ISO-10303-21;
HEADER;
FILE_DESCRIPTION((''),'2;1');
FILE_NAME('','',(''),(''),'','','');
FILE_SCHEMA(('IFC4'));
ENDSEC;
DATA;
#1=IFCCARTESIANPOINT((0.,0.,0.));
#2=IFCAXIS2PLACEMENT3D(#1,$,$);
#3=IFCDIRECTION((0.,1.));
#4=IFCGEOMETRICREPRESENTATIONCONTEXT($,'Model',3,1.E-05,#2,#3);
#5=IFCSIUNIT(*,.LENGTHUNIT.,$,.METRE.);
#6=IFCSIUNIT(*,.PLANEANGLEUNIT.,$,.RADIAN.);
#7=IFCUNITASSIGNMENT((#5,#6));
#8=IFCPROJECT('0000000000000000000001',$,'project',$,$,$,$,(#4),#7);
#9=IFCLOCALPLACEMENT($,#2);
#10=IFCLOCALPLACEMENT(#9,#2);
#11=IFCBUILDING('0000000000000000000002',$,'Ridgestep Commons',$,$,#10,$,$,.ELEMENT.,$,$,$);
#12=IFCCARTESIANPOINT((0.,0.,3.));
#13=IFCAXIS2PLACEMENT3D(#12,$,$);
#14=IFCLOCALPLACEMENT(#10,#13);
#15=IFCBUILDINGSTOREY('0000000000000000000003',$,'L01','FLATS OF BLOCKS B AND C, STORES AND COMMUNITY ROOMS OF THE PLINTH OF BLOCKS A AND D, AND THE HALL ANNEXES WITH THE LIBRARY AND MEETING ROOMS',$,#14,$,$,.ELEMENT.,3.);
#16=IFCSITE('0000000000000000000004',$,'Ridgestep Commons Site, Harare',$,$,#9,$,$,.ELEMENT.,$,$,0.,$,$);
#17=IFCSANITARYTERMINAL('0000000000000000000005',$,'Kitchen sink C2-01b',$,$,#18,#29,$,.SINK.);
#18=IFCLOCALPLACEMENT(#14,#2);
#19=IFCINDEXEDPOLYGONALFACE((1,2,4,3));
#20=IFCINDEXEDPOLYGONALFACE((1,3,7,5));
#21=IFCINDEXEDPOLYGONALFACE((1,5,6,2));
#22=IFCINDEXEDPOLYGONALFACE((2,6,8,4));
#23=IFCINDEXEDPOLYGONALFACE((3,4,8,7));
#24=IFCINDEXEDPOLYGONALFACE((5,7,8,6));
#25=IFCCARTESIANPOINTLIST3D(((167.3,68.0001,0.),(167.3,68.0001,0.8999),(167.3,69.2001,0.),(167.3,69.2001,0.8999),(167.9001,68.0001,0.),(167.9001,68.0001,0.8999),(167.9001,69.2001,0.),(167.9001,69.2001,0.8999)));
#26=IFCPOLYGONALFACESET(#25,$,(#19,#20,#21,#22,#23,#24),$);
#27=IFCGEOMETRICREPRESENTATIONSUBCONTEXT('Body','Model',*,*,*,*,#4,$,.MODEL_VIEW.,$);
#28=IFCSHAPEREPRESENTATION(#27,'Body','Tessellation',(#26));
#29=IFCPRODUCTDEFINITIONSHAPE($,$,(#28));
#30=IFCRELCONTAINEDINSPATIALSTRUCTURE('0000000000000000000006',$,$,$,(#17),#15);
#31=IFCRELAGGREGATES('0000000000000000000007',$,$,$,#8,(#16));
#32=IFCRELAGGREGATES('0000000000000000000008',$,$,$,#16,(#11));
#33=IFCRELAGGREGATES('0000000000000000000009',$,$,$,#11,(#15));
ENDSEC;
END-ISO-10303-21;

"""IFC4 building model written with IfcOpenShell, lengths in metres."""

from ifc_helpers import new_model, si_unit, direction, frame, origin, origin_2d, place, context, subcontext, project, spatial, rectangle, extrude, element, save


model = new_model("IFC4")

# Units and contexts
model_context = context("Model", 3, precision=1e-05, world=origin(), true_north=direction((0.0, 1.0)))
body_context = subcontext(model_context, "Body", "Model", "MODEL_VIEW")
ifc_project = project(units=[si_unit("LENGTHUNIT", "METRE"), si_unit("PLANEANGLEUNIT", "RADIAN")], contexts=[model_context])

# Site, building, storey
site_placement = place(None, origin())
site = spatial("IfcSite", under=ifc_project, at=site_placement, Name="Ridgestep Commons Site, Harare", CompositionType="ELEMENT", RefElevation=0.0)
building_placement = place(site_placement, origin())
building = spatial("IfcBuilding", under=site, at=building_placement, Name="Ridgestep Commons", CompositionType="ELEMENT")
storey_placement = place(building_placement, frame((0.0, 0.0, 3.0)))
storey = spatial("IfcBuildingStorey", under=building, at=storey_placement, Name="L01", Description="FLATS OF BLOCKS B AND C, STORES AND COMMUNITY ROOMS OF THE PLINTH OF BLOCKS A AND D, AND THE HALL ANNEXES WITH THE LIBRARY AND MEETING ROOMS", CompositionType="ELEMENT", Elevation=3.0)

# Sanitary terminal
sanitary_terminal_1_placement = place(storey_placement, frame((167.6001, 68.6001, 0.0), z_axis=(0.0, 0.0, 1.0), x_axis=(1.0, 0.0, 0.0)))
element("IfcSanitaryTerminal", 1, at=sanitary_terminal_1_placement, inside=storey, Name="Kitchen sink C2-01b", PredefinedType="SINK", context=body_context, shape_type="SweptSolid", body=[
    extrude(rectangle(XDim=0.6001, YDim=1.2, at=origin_2d()), origin(), (0.0, 0.0, 1.0), 0.8999),
])

save(model, "model.ifc")
